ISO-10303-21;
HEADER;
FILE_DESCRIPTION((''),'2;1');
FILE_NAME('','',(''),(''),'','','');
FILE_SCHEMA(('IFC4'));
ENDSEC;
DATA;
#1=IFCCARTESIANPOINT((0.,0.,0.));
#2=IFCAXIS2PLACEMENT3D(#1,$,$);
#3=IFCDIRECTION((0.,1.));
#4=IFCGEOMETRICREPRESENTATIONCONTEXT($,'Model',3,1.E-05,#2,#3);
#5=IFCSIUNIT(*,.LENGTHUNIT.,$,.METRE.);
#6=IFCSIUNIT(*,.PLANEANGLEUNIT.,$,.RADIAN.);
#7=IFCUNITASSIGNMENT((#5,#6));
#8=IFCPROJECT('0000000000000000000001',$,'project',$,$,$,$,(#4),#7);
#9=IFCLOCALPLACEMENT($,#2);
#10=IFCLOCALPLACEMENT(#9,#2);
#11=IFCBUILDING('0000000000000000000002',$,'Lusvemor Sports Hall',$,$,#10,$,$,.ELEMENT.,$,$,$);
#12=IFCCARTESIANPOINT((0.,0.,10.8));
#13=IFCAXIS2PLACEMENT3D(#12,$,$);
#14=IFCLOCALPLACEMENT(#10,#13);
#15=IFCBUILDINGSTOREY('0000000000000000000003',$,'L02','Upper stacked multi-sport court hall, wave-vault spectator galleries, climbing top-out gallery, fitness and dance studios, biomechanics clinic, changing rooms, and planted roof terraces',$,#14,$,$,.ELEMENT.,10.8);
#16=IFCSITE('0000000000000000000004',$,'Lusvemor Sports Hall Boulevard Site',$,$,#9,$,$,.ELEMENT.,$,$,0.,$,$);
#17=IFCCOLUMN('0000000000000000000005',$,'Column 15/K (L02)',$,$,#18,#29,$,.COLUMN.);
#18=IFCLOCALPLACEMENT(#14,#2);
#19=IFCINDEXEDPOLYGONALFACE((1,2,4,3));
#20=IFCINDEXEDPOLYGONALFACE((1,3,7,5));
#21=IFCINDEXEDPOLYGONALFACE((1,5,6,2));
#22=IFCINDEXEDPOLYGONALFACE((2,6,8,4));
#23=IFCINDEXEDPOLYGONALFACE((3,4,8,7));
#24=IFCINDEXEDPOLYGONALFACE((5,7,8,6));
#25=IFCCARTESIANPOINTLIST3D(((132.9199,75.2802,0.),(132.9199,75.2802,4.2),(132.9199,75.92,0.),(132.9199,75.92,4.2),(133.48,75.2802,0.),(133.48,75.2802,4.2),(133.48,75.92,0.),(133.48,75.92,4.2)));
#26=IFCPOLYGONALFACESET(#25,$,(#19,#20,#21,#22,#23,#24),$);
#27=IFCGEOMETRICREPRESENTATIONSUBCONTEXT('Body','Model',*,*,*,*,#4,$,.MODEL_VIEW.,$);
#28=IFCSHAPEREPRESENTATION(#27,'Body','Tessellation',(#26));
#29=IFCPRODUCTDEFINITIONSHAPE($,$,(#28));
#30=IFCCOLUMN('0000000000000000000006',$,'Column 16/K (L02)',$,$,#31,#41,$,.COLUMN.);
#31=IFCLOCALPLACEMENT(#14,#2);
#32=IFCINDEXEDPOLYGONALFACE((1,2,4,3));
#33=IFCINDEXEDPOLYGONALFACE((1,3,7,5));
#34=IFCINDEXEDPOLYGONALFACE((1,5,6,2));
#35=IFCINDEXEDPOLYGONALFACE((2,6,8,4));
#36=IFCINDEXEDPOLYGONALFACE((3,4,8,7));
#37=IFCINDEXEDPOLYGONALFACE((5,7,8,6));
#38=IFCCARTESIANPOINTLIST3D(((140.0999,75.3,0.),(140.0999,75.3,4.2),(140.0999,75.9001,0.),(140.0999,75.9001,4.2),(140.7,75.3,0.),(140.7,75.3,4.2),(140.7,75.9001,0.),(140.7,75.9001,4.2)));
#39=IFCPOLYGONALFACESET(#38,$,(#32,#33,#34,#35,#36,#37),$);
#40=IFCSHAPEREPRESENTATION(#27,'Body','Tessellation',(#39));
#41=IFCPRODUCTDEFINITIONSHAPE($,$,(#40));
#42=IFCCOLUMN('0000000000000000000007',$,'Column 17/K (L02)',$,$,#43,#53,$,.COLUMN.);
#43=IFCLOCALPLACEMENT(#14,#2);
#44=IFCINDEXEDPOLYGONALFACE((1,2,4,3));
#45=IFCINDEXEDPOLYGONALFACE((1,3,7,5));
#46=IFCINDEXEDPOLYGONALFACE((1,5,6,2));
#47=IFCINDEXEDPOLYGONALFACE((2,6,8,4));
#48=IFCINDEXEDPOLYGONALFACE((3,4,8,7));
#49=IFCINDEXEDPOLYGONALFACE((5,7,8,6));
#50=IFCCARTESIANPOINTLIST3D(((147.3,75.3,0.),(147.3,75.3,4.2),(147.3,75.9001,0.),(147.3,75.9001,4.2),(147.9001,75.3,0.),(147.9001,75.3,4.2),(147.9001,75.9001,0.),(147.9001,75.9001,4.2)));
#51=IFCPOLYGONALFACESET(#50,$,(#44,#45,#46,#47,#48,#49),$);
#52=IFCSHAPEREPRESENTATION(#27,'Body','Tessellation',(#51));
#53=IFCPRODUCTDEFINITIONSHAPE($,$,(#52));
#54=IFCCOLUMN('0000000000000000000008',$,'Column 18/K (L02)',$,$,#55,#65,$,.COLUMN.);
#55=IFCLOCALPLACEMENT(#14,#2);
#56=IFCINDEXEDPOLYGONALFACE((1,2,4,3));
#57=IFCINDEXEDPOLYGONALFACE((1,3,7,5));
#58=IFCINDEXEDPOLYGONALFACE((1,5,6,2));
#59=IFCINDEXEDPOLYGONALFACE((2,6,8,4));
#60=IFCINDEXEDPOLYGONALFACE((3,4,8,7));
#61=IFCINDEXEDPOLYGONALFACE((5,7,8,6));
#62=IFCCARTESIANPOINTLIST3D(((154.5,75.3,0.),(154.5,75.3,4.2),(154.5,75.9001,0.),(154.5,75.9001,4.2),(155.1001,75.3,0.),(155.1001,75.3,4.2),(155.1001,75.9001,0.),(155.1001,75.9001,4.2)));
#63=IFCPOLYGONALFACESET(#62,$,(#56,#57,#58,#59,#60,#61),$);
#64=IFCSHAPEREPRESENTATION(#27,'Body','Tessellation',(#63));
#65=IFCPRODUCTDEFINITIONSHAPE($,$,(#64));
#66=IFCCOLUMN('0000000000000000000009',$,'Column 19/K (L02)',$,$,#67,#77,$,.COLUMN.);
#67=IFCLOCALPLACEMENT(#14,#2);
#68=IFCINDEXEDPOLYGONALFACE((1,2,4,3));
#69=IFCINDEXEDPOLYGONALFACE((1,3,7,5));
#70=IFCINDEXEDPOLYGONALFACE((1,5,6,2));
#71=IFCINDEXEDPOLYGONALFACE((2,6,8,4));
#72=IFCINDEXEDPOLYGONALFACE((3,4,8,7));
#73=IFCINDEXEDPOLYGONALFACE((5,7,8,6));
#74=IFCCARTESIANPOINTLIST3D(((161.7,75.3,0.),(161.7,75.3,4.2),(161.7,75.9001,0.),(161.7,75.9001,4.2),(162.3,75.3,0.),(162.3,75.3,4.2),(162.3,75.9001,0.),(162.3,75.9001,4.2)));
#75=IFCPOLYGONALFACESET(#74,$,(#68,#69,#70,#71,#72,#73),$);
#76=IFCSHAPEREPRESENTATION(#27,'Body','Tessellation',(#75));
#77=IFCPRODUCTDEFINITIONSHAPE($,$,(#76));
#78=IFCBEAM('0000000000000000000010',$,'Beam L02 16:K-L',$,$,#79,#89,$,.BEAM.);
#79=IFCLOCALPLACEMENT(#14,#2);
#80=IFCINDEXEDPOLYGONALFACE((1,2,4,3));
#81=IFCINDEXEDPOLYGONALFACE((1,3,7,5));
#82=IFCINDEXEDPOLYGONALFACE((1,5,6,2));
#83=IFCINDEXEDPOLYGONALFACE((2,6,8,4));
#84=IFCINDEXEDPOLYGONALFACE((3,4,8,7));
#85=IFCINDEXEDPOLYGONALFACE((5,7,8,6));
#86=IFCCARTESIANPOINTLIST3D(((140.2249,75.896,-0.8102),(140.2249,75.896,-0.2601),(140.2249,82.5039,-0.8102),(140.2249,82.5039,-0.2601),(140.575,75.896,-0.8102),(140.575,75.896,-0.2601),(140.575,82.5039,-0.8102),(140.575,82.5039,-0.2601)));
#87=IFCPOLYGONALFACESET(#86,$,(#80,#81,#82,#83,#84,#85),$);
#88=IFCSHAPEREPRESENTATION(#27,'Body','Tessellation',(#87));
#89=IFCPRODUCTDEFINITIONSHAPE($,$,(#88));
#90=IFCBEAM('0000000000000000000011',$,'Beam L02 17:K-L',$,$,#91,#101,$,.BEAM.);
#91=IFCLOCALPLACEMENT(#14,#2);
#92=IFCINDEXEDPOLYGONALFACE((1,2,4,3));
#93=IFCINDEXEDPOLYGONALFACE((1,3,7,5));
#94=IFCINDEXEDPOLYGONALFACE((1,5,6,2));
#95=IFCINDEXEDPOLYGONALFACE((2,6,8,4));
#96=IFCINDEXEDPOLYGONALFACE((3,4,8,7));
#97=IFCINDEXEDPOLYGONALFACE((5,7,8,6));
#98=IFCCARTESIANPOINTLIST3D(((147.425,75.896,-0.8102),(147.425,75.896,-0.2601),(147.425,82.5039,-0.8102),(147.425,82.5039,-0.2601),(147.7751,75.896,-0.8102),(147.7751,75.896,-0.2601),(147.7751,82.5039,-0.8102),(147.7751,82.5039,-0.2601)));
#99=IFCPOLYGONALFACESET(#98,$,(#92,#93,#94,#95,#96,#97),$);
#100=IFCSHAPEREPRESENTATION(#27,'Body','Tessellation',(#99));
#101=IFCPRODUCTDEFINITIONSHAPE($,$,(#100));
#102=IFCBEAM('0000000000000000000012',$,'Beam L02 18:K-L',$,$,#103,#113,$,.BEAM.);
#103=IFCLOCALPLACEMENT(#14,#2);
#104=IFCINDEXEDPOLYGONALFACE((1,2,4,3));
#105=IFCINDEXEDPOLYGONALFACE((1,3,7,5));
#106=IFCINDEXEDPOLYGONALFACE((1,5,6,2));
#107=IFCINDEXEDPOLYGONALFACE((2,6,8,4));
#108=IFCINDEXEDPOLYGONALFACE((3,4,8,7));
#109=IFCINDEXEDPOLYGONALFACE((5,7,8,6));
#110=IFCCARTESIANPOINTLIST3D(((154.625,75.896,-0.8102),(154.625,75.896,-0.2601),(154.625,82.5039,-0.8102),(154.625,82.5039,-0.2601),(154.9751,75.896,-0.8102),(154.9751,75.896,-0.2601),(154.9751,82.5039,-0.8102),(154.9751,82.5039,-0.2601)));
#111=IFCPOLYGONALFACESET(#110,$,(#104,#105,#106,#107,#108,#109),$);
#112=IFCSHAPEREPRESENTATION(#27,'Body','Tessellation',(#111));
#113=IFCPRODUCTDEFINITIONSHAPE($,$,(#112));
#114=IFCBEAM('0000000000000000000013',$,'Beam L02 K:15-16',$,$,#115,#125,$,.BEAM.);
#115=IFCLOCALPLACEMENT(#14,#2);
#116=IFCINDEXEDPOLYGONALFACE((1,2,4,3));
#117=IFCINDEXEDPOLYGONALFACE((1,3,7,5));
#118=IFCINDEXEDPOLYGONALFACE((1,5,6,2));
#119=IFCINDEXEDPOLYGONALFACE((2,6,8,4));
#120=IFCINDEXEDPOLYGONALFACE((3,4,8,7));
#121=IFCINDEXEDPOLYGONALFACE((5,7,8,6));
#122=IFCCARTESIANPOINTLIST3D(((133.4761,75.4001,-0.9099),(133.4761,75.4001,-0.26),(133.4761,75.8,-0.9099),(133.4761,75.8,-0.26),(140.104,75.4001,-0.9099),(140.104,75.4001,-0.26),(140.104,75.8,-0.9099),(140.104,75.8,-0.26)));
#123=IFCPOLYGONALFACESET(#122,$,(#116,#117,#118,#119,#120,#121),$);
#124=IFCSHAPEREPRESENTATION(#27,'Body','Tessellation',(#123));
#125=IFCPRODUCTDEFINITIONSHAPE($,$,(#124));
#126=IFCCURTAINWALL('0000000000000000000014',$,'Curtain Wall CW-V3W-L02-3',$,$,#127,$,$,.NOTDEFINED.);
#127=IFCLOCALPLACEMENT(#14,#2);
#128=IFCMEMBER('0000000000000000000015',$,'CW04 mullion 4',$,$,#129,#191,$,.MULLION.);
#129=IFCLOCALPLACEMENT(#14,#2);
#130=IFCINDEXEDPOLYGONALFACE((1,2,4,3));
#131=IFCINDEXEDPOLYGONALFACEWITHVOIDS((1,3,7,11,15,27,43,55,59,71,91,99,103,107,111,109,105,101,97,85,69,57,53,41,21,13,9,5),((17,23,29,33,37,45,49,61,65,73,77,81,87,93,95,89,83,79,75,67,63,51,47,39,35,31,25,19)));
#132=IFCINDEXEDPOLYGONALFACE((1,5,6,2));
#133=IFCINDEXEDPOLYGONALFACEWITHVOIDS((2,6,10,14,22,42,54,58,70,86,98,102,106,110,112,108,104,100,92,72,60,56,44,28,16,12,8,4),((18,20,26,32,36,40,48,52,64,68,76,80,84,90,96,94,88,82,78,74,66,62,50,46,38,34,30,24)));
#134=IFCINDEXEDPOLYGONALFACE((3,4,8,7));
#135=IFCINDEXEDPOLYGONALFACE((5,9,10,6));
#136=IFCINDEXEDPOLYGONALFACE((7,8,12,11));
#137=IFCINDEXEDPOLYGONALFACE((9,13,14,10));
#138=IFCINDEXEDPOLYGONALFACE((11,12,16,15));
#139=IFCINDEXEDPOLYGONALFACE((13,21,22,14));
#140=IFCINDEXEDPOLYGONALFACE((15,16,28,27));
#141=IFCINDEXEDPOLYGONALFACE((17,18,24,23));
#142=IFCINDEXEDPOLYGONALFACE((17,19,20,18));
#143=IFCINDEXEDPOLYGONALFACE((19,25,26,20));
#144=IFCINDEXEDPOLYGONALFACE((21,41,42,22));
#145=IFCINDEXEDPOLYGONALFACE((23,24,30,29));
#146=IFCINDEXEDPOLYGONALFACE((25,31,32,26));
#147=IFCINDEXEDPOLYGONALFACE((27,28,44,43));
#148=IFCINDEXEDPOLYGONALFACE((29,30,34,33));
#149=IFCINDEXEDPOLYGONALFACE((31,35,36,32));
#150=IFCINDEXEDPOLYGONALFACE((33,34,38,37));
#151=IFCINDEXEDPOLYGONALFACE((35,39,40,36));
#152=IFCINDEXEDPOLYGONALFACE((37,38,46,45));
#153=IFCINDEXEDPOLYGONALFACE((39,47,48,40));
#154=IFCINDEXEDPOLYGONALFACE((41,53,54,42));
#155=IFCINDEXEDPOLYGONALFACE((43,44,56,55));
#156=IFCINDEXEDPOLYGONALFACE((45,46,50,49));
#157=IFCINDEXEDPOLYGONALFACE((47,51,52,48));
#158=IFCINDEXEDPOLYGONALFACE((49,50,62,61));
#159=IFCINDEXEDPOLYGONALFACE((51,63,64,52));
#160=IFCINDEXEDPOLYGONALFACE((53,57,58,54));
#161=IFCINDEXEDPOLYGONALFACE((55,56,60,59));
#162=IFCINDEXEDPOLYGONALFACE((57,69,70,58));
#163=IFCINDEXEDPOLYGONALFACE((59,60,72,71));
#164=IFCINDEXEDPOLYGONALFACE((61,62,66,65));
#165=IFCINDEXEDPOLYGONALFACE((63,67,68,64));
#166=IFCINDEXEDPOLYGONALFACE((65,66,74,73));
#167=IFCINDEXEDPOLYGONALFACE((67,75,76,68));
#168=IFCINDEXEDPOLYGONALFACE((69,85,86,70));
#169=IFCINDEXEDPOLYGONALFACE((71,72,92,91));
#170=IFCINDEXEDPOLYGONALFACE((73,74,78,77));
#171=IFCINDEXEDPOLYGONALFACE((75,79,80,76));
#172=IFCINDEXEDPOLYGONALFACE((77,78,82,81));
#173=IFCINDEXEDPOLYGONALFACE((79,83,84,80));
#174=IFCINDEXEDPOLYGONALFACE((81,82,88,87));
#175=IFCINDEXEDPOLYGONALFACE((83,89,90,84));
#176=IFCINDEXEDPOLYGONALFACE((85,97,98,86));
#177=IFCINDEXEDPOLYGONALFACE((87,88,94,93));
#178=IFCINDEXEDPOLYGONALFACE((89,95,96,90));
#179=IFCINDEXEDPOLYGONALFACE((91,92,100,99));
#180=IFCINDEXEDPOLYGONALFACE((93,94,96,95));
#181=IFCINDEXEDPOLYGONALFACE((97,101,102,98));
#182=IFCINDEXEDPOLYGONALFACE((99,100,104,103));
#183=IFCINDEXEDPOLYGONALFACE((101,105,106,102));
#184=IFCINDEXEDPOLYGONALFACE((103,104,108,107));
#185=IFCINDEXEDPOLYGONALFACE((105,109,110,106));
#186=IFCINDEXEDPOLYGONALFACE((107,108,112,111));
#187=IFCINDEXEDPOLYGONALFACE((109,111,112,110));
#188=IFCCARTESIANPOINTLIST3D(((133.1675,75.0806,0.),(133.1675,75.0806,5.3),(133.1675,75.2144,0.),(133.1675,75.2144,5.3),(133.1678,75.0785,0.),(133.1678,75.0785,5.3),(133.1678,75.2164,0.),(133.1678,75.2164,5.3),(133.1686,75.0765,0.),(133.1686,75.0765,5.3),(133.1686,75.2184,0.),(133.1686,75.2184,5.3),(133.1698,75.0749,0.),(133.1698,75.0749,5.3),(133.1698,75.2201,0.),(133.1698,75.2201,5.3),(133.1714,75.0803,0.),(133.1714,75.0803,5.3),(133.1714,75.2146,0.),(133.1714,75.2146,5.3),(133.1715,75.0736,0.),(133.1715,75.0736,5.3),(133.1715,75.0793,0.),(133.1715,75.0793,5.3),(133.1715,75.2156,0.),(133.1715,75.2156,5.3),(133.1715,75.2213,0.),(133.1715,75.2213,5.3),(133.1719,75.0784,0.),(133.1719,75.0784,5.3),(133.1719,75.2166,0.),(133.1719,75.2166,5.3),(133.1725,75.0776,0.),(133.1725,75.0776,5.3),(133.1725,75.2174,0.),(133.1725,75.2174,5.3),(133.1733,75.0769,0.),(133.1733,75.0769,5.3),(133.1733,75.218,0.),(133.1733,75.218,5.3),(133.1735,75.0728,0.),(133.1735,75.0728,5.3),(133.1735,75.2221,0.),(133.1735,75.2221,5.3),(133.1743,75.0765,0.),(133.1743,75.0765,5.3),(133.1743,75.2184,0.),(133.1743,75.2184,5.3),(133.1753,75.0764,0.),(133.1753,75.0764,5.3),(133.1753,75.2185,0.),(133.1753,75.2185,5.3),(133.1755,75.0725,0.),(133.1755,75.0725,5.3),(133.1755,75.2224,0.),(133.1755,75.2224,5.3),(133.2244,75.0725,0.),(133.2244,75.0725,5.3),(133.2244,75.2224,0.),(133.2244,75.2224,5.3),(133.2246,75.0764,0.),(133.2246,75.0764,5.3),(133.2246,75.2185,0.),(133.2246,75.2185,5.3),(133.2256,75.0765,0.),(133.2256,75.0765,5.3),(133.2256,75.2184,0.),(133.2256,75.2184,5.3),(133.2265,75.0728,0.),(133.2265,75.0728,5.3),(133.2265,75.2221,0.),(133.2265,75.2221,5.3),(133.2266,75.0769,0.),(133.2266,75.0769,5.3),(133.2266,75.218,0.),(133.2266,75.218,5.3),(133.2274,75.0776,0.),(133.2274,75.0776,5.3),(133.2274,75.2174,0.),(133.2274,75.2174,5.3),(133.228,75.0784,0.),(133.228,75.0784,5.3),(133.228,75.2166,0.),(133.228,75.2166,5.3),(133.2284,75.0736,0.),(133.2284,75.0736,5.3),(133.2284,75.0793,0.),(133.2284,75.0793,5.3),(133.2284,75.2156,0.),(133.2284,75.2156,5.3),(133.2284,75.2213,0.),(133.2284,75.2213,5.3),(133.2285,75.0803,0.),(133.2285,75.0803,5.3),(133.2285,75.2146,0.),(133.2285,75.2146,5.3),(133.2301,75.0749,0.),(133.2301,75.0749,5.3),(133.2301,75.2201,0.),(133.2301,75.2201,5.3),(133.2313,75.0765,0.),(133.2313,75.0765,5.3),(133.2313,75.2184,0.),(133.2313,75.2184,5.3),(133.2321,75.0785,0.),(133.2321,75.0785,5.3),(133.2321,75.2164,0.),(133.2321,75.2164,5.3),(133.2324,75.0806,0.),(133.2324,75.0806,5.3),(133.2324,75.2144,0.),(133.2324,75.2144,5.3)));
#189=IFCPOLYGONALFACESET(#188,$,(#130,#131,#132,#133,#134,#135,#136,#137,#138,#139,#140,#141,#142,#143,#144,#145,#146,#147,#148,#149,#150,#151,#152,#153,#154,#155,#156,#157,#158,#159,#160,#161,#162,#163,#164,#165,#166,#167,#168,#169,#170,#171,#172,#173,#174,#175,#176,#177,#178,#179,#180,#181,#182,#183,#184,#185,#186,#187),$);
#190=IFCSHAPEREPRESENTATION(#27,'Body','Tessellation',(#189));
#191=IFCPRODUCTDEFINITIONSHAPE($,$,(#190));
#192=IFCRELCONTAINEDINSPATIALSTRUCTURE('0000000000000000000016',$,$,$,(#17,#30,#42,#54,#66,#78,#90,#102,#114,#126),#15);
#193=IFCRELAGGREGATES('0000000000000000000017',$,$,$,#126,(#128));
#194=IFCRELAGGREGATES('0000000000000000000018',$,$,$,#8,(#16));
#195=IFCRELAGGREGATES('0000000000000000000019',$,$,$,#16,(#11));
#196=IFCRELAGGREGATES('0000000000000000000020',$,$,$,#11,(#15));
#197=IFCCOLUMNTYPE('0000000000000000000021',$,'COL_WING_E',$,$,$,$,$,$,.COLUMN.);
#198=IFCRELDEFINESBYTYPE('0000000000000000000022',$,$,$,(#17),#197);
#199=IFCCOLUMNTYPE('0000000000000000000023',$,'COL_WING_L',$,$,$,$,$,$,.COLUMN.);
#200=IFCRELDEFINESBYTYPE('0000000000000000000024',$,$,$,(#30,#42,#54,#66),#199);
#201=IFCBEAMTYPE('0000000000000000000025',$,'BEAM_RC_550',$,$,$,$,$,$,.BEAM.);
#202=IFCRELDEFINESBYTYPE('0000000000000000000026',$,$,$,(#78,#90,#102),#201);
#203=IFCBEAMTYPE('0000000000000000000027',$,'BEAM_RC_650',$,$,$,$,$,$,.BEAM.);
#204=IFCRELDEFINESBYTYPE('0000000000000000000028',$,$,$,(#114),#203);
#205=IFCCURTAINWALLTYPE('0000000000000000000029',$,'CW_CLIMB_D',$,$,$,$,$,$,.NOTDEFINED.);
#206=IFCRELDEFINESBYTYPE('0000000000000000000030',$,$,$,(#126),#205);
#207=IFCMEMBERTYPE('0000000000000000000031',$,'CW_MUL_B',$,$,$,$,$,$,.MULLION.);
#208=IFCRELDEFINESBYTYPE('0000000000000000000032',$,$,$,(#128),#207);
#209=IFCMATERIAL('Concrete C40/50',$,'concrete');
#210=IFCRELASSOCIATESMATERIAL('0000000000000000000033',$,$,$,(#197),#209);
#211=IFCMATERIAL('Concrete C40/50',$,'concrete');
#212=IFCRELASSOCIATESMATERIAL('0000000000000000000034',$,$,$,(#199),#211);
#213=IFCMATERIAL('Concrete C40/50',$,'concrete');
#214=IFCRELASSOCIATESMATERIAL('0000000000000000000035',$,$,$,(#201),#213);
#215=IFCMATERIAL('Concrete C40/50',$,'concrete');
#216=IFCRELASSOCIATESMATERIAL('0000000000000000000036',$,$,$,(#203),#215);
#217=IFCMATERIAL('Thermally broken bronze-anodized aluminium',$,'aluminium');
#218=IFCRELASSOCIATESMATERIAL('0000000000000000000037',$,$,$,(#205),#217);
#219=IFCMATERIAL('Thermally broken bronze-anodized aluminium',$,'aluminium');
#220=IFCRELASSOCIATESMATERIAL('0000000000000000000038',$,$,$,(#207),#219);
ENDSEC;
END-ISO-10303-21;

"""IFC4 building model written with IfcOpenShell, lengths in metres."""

from ifc_helpers import new_model, si_unit, direction, frame, origin, origin_2d, place, context, subcontext, project, spatial, rectangle, hollow_rectangle, extrude, material, material_profile, profile_set, type_object, element, aggregate, save


model = new_model("IFC4")

# Units and contexts
model_context = context("Model", 3, precision=1e-05, world=origin(), true_north=direction((0.0, 1.0)))
body_context = subcontext(model_context, "Body", "Model", "MODEL_VIEW")
ifc_project = project(units=[si_unit("LENGTHUNIT", "METRE"), si_unit("PLANEANGLEUNIT", "RADIAN")], contexts=[model_context])

# Site, building, storey
site_placement = place(None, origin())
site = spatial("IfcSite", under=ifc_project, at=site_placement, Name="Lusvemor Sports Hall Boulevard Site", CompositionType="ELEMENT", RefElevation=0.0)
building_placement = place(site_placement, origin())
building = spatial("IfcBuilding", under=site, at=building_placement, Name="Lusvemor Sports Hall", CompositionType="ELEMENT")
storey_placement = place(building_placement, frame((0.0, 0.0, 10.8)))
storey = spatial("IfcBuildingStorey", under=building, at=storey_placement, Name="L02", Description="Upper stacked multi-sport court hall, wave-vault spectator galleries, climbing top-out gallery, fitness and dance studios, biomechanics clinic, changing rooms, and planted roof terraces", CompositionType="ELEMENT", Elevation=10.8)

# Columns
ifc_material_1 = material(Name="Concrete C40/50", Category="concrete")
ifc_material_profile_1 = material_profile(ifc_material_1, rectangle(XDim=0.5601, YDim=0.6399, at=origin_2d()), Name="RC560x640")
ifc_profile_set_1 = profile_set([ifc_material_profile_1], Name="Concrete C40/50")
column_type_1 = type_object("IfcColumnType", Name="COL_WING_E", PredefinedType="COLUMN", material=ifc_profile_set_1)
column_placement = place(storey_placement, frame((133.2, 75.6001, 0.0), z_axis=(0.0, 0.0, 1.0), x_axis=(1.0, 0.0, 0.0)))
element("IfcColumn", 1, at=column_placement, inside=storey, type_object=column_type_1, Name="Column 15/K (L02)", PredefinedType="COLUMN", context=body_context, shape_type="SweptSolid", body=[
    extrude(rectangle(XDim=0.5601, YDim=0.6399, at=origin_2d()), origin(), (0.0, 0.0, 1.0), 4.2),
])
ifc_material_2 = material(Name="Concrete C40/50", Category="concrete")
ifc_material_profile_2 = material_profile(ifc_material_2, rectangle(XDim=0.6001, YDim=0.6001, at=origin_2d()), Name="RC600x600")
ifc_profile_set_2 = profile_set([ifc_material_profile_2], Name="Concrete C40/50")
column_type_2 = type_object("IfcColumnType", Name="COL_WING_L", PredefinedType="COLUMN", material=ifc_profile_set_2)
for number, where, z_axis, x_axis, name in (
    (2, (140.3999, 75.6001, 0.0), (0.0, 0.0, 1.0), (1.0, 0.0, 0.0), "Column 16/K (L02)"),
    (3, (147.6001, 75.6001, 0.0), (0.0, 0.0, 1.0), (1.0, 0.0, 0.0), "Column 17/K (L02)"),
    (4, (154.8, 75.6001, 0.0), (0.0, 0.0, 1.0), (1.0, 0.0, 0.0), "Column 18/K (L02)"),
    (5, (162.0, 75.6001, 0.0), (0.0, 0.0, 1.0), (1.0, 0.0, 0.0), "Column 19/K (L02)"),
):
    element("IfcColumn", number, at=place(storey_placement, frame(where, z_axis=z_axis, x_axis=x_axis)), inside=storey, type_object=column_type_2, Name=name, PredefinedType="COLUMN", context=body_context, shape_type="SweptSolid", body=[
        extrude(rectangle(XDim=0.6001, YDim=0.6001, at=origin_2d()), origin(), (0.0, 0.0, 1.0), 4.2),
    ])

# Beams
ifc_material_3 = material(Name="Concrete C40/50", Category="concrete")
ifc_material_profile_3 = material_profile(ifc_material_3, rectangle(XDim=0.3501, YDim=0.55, at=origin_2d()), Name="RC350x550")
ifc_profile_set_3 = profile_set([ifc_material_profile_3], Name="Concrete C40/50")
beam_type_1 = type_object("IfcBeamType", Name="BEAM_RC_550", PredefinedType="BEAM", material=ifc_profile_set_3)
for number, where, z_axis, x_axis, name in (
    (6, (140.3999, 75.896, -0.5352), (0.0, 1.0, 0.0), (-1.0, 0.0, 0.0), "Beam L02 16:K-L"),
    (7, (147.6001, 75.896, -0.5352), (0.0, 1.0, 0.0), (-1.0, 0.0, 0.0), "Beam L02 17:K-L"),
    (8, (154.8, 75.896, -0.5352), (0.0, 1.0, 0.0), (-1.0, 0.0, 0.0), "Beam L02 18:K-L"),
):
    element("IfcBeam", number, at=place(storey_placement, frame(where, z_axis=z_axis, x_axis=x_axis)), inside=storey, type_object=beam_type_1, Name=name, PredefinedType="BEAM", context=body_context, shape_type="SweptSolid", body=[
        extrude(rectangle(XDim=0.3501, YDim=0.55, at=origin_2d()), origin(), (0.0, 0.0, 1.0), 6.6079),
    ])
ifc_material_4 = material(Name="Concrete C40/50", Category="concrete")
ifc_material_profile_4 = material_profile(ifc_material_4, rectangle(XDim=0.3999, YDim=0.6499, at=origin_2d()), Name="RC400x650")
ifc_profile_set_4 = profile_set([ifc_material_profile_4], Name="Concrete C40/50")
beam_type_2 = type_object("IfcBeamType", Name="BEAM_RC_650", PredefinedType="BEAM", material=ifc_profile_set_4)
beam_1_placement = place(storey_placement, frame((133.4761, 75.6001, -0.585), z_axis=(1.0, 0.0, 0.0), x_axis=(0.0, 1.0, 0.0)))
element("IfcBeam", 9, at=beam_1_placement, inside=storey, type_object=beam_type_2, Name="Beam L02 K:15-16", PredefinedType="BEAM", context=body_context, shape_type="SweptSolid", body=[
    extrude(rectangle(XDim=0.3999, YDim=0.6499, at=origin_2d()), origin(), (0.0, 0.0, 1.0), 6.6279),
])

# Curtain wall, member
ifc_material_5 = material(Name="Thermally broken bronze-anodized aluminium", Category="aluminium")
curtain_wall_type = type_object("IfcCurtainWallType", Name="CW_CLIMB_D", PredefinedType="NOTDEFINED", material=ifc_material_5)
curtain_wall_placement = place(storey_placement, origin())
curtain_wall = element("IfcCurtainWall", 10, at=curtain_wall_placement, inside=storey, type_object=curtain_wall_type, Name="Curtain Wall CW-V3W-L02-3", PredefinedType="NOTDEFINED")
ifc_material_6 = material(Name="Thermally broken bronze-anodized aluminium", Category="aluminium")
ifc_material_profile_5 = material_profile(ifc_material_6, hollow_rectangle(XDim=0.0649, YDim=0.1499, WallThickness=0.0039, InnerFilletRadius=0.0039, OuterFilletRadius=0.0081, at=origin_2d()), Name="CWMUL150x65x4")
ifc_profile_set_5 = profile_set([ifc_material_profile_5], Name="Thermally broken bronze-anodized aluminium")
member_type_1 = type_object("IfcMemberType", Name="CW_MUL_B", PredefinedType="MULLION", material=ifc_profile_set_5)
member_1_placement = place(storey_placement, frame((133.2, 75.1475, 0.0), z_axis=(0.0, 0.0, 1.0), x_axis=(-1.0, 0.0, 0.0)))
member_1 = element("IfcMember", 11, at=member_1_placement, type_object=member_type_1, Name="CW04 mullion 4", PredefinedType="MULLION", context=body_context, shape_type="SweptSolid", body=[
    extrude(hollow_rectangle(XDim=0.0649, YDim=0.1499, WallThickness=0.0039, InnerFilletRadius=0.0039, OuterFilletRadius=0.0081, at=origin_2d()), origin(), (0.0, 0.0, 1.0), 5.3),
])

aggregate(curtain_wall, [member_1])

save(model, "model.ifc")
